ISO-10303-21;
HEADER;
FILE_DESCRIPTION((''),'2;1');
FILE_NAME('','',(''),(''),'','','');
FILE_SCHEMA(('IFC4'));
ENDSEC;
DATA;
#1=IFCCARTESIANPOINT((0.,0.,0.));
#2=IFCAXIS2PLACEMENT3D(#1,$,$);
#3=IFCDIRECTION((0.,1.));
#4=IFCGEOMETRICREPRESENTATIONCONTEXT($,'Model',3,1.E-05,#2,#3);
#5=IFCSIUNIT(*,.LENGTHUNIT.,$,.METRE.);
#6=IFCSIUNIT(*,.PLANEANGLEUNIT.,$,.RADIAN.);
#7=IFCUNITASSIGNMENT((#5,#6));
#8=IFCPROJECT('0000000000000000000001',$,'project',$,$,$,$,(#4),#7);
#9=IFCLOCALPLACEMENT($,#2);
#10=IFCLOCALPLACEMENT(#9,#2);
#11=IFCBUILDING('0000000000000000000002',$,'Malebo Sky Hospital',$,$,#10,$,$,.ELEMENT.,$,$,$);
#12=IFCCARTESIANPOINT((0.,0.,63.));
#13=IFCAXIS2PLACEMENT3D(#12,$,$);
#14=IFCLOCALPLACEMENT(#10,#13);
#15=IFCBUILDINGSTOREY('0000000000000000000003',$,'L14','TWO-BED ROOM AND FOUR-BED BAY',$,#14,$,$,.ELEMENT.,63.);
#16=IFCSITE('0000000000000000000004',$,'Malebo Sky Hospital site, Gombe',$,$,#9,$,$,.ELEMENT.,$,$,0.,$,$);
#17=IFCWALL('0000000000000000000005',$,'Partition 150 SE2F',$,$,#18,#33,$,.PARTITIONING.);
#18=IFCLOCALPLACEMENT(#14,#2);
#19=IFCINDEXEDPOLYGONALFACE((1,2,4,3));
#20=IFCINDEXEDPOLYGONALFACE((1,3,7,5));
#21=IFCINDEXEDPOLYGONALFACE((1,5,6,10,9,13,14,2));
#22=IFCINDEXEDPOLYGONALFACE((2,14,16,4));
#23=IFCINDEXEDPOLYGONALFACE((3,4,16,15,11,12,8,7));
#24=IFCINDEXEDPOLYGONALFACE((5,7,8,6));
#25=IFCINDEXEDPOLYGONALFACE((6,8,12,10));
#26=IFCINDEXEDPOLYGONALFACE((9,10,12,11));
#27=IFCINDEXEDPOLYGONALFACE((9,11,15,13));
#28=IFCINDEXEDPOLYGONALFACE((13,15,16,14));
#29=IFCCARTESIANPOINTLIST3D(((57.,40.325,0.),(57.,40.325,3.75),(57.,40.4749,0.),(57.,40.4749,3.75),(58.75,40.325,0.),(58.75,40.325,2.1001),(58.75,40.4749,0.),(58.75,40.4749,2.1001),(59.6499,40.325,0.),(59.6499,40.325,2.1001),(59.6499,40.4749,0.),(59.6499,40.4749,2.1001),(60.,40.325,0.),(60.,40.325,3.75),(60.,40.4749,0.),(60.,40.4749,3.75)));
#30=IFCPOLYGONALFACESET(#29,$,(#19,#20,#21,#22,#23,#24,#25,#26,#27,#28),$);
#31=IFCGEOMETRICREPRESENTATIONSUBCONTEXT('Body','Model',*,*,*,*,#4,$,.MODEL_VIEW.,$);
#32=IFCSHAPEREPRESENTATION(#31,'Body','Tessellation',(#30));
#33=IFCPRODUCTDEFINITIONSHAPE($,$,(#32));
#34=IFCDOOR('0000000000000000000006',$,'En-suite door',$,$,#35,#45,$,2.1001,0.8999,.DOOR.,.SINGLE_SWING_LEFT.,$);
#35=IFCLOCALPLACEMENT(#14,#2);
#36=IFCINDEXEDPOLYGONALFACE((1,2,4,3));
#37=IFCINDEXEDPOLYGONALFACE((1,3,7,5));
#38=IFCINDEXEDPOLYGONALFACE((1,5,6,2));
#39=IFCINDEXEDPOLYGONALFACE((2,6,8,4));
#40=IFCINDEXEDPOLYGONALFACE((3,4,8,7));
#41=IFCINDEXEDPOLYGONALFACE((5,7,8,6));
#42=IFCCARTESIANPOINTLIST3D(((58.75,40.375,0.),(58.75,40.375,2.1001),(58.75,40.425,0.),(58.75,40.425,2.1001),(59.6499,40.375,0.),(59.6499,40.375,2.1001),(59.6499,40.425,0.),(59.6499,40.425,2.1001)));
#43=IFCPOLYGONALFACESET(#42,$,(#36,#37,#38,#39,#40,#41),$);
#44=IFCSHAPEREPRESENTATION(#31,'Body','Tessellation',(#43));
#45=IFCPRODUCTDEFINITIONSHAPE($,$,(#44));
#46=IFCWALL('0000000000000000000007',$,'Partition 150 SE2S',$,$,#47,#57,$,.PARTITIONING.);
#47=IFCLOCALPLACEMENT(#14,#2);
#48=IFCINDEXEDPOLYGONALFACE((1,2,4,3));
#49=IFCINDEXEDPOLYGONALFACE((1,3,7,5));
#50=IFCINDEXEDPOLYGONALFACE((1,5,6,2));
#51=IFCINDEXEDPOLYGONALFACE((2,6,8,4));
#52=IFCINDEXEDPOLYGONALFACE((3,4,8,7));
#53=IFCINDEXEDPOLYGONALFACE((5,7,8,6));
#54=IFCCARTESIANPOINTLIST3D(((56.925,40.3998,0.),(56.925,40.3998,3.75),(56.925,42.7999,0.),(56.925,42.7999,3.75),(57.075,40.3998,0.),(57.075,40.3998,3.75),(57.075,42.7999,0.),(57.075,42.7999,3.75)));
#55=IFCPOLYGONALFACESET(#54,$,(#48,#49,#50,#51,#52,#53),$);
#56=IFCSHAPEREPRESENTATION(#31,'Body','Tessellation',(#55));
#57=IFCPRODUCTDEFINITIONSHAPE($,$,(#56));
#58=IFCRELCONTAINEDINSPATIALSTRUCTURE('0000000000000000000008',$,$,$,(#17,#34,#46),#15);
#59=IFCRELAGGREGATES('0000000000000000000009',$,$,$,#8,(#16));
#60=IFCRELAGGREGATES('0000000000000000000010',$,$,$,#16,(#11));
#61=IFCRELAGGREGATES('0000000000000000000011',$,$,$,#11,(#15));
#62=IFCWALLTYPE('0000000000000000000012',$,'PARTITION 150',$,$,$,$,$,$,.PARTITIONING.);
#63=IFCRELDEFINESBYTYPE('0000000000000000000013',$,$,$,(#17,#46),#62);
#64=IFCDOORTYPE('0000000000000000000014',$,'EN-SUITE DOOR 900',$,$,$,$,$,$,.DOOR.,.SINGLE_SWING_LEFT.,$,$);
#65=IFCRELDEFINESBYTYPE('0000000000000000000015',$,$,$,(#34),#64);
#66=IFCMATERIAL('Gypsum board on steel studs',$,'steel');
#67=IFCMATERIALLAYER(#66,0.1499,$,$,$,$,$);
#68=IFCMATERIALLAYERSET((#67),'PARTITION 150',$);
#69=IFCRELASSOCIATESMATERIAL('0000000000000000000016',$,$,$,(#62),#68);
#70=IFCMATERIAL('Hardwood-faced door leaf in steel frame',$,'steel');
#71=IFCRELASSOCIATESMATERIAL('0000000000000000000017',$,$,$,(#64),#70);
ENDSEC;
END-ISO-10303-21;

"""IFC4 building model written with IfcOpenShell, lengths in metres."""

from ifc_helpers import new_model, si_unit, direction, frame, frame_2d, origin, place, context, subcontext, project, spatial, rectangle, extrude, material, layer, layer_set, type_object, element, fill, save


model = new_model("IFC4")

# Units and contexts
model_context = context("Model", 3, precision=1e-05, world=origin(), true_north=direction((0.0, 1.0)))
body_context = subcontext(model_context, "Body", "Model", "MODEL_VIEW")
ifc_project = project(units=[si_unit("LENGTHUNIT", "METRE"), si_unit("PLANEANGLEUNIT", "RADIAN")], contexts=[model_context])

# Site, building, storey
site_placement = place(None, origin())
site = spatial("IfcSite", under=ifc_project, at=site_placement, Name="Malebo Sky Hospital site, Gombe", CompositionType="ELEMENT", RefElevation=0.0)
building_placement = place(site_placement, origin())
building = spatial("IfcBuilding", under=site, at=building_placement, Name="Malebo Sky Hospital", CompositionType="ELEMENT")
storey_placement = place(building_placement, frame((0.0, 0.0, 63.0)))
storey = spatial("IfcBuildingStorey", under=building, at=storey_placement, Name="L14", Description="TWO-BED ROOM AND FOUR-BED BAY", CompositionType="ELEMENT", Elevation=63.0)

# Shared definitions
ifc_material_1 = material(Name="Gypsum board on steel studs", Category="steel")
ifc_layer_1 = layer(ifc_material_1, 0.1499)
ifc_layer_set_1 = layer_set([ifc_layer_1], Name="PARTITION 150")
wall_type = type_object("IfcWallType", Name="PARTITION 150", PredefinedType="PARTITIONING", material=ifc_layer_set_1)

# Wall, opening, door
ifc_material_2 = material(Name="Hardwood-faced door leaf in steel frame", Category="steel")
door_type = type_object("IfcDoorType", Name="EN-SUITE DOOR 900", OperationType="SINGLE_SWING_LEFT", PredefinedType="DOOR", material=ifc_material_2)
wall_1_placement = place(storey_placement, frame((60.0, 40.3999, 0.0), z_axis=(0.0, 0.0, 1.0), x_axis=(-1.0, 0.0, 0.0)))
wall_1 = element("IfcWall", 1, at=wall_1_placement, inside=storey, type_object=wall_type, Name="Partition 150 SE2F", PredefinedType="PARTITIONING", context=body_context, shape_type="SweptSolid", body=[
    extrude(rectangle(XDim=3.0, YDim=0.1499, at=frame_2d((1.5, 0.0))), origin(), (0.0, 0.0, 1.0), 3.75),
])
opening_1_placement = place(wall_1_placement, frame((0.3501, 0.0, 0.0)))
opening_1 = element("IfcOpeningElement", 2, at=opening_1_placement, cuts=wall_1, PredefinedType="OPENING", context=body_context, shape_type="SweptSolid", body=[
    extrude(rectangle(XDim=0.8999, YDim=2.1001, at=frame_2d((0.45, 1.05))), frame((0.0, 0.085, 0.0), z_axis=(0.0, -1.0, 0.0), x_axis=(1.0, 0.0, 0.0)), (0.0, 0.0, 1.0), 0.1699),
])
door_1_placement = place(opening_1_placement, origin())
door_1 = element("IfcDoor", 3, at=door_1_placement, inside=storey, type_object=door_type, Name="En-suite door", OperationType="SINGLE_SWING_LEFT", OverallHeight=2.1001, OverallWidth=0.8999, PredefinedType="DOOR", context=body_context, shape_type="SweptSolid", body=[
    extrude(rectangle(XDim=0.8999, YDim=2.1001, at=frame_2d((0.45, 1.05))), frame((0.0, 0.0249, 0.0), z_axis=(0.0, -1.0, 0.0), x_axis=(1.0, 0.0, 0.0)), (0.0, 0.0, 1.0), 0.05),
])
fill(opening_1, door_1)

# Wall
wall_2_placement = place(storey_placement, frame((57.0, 42.8, 0.0), z_axis=(0.0, 0.0, 1.0), x_axis=(0.0, -1.0, 0.0)))
element("IfcWall", 4, at=wall_2_placement, inside=storey, type_object=wall_type, Name="Partition 150 SE2S", PredefinedType="PARTITIONING", context=body_context, shape_type="SweptSolid", body=[
    extrude(rectangle(XDim=2.4001, YDim=0.1499, at=frame_2d((1.2002, 0.0))), origin(), (0.0, 0.0, 1.0), 3.75),
])

save(model, "model.ifc")
